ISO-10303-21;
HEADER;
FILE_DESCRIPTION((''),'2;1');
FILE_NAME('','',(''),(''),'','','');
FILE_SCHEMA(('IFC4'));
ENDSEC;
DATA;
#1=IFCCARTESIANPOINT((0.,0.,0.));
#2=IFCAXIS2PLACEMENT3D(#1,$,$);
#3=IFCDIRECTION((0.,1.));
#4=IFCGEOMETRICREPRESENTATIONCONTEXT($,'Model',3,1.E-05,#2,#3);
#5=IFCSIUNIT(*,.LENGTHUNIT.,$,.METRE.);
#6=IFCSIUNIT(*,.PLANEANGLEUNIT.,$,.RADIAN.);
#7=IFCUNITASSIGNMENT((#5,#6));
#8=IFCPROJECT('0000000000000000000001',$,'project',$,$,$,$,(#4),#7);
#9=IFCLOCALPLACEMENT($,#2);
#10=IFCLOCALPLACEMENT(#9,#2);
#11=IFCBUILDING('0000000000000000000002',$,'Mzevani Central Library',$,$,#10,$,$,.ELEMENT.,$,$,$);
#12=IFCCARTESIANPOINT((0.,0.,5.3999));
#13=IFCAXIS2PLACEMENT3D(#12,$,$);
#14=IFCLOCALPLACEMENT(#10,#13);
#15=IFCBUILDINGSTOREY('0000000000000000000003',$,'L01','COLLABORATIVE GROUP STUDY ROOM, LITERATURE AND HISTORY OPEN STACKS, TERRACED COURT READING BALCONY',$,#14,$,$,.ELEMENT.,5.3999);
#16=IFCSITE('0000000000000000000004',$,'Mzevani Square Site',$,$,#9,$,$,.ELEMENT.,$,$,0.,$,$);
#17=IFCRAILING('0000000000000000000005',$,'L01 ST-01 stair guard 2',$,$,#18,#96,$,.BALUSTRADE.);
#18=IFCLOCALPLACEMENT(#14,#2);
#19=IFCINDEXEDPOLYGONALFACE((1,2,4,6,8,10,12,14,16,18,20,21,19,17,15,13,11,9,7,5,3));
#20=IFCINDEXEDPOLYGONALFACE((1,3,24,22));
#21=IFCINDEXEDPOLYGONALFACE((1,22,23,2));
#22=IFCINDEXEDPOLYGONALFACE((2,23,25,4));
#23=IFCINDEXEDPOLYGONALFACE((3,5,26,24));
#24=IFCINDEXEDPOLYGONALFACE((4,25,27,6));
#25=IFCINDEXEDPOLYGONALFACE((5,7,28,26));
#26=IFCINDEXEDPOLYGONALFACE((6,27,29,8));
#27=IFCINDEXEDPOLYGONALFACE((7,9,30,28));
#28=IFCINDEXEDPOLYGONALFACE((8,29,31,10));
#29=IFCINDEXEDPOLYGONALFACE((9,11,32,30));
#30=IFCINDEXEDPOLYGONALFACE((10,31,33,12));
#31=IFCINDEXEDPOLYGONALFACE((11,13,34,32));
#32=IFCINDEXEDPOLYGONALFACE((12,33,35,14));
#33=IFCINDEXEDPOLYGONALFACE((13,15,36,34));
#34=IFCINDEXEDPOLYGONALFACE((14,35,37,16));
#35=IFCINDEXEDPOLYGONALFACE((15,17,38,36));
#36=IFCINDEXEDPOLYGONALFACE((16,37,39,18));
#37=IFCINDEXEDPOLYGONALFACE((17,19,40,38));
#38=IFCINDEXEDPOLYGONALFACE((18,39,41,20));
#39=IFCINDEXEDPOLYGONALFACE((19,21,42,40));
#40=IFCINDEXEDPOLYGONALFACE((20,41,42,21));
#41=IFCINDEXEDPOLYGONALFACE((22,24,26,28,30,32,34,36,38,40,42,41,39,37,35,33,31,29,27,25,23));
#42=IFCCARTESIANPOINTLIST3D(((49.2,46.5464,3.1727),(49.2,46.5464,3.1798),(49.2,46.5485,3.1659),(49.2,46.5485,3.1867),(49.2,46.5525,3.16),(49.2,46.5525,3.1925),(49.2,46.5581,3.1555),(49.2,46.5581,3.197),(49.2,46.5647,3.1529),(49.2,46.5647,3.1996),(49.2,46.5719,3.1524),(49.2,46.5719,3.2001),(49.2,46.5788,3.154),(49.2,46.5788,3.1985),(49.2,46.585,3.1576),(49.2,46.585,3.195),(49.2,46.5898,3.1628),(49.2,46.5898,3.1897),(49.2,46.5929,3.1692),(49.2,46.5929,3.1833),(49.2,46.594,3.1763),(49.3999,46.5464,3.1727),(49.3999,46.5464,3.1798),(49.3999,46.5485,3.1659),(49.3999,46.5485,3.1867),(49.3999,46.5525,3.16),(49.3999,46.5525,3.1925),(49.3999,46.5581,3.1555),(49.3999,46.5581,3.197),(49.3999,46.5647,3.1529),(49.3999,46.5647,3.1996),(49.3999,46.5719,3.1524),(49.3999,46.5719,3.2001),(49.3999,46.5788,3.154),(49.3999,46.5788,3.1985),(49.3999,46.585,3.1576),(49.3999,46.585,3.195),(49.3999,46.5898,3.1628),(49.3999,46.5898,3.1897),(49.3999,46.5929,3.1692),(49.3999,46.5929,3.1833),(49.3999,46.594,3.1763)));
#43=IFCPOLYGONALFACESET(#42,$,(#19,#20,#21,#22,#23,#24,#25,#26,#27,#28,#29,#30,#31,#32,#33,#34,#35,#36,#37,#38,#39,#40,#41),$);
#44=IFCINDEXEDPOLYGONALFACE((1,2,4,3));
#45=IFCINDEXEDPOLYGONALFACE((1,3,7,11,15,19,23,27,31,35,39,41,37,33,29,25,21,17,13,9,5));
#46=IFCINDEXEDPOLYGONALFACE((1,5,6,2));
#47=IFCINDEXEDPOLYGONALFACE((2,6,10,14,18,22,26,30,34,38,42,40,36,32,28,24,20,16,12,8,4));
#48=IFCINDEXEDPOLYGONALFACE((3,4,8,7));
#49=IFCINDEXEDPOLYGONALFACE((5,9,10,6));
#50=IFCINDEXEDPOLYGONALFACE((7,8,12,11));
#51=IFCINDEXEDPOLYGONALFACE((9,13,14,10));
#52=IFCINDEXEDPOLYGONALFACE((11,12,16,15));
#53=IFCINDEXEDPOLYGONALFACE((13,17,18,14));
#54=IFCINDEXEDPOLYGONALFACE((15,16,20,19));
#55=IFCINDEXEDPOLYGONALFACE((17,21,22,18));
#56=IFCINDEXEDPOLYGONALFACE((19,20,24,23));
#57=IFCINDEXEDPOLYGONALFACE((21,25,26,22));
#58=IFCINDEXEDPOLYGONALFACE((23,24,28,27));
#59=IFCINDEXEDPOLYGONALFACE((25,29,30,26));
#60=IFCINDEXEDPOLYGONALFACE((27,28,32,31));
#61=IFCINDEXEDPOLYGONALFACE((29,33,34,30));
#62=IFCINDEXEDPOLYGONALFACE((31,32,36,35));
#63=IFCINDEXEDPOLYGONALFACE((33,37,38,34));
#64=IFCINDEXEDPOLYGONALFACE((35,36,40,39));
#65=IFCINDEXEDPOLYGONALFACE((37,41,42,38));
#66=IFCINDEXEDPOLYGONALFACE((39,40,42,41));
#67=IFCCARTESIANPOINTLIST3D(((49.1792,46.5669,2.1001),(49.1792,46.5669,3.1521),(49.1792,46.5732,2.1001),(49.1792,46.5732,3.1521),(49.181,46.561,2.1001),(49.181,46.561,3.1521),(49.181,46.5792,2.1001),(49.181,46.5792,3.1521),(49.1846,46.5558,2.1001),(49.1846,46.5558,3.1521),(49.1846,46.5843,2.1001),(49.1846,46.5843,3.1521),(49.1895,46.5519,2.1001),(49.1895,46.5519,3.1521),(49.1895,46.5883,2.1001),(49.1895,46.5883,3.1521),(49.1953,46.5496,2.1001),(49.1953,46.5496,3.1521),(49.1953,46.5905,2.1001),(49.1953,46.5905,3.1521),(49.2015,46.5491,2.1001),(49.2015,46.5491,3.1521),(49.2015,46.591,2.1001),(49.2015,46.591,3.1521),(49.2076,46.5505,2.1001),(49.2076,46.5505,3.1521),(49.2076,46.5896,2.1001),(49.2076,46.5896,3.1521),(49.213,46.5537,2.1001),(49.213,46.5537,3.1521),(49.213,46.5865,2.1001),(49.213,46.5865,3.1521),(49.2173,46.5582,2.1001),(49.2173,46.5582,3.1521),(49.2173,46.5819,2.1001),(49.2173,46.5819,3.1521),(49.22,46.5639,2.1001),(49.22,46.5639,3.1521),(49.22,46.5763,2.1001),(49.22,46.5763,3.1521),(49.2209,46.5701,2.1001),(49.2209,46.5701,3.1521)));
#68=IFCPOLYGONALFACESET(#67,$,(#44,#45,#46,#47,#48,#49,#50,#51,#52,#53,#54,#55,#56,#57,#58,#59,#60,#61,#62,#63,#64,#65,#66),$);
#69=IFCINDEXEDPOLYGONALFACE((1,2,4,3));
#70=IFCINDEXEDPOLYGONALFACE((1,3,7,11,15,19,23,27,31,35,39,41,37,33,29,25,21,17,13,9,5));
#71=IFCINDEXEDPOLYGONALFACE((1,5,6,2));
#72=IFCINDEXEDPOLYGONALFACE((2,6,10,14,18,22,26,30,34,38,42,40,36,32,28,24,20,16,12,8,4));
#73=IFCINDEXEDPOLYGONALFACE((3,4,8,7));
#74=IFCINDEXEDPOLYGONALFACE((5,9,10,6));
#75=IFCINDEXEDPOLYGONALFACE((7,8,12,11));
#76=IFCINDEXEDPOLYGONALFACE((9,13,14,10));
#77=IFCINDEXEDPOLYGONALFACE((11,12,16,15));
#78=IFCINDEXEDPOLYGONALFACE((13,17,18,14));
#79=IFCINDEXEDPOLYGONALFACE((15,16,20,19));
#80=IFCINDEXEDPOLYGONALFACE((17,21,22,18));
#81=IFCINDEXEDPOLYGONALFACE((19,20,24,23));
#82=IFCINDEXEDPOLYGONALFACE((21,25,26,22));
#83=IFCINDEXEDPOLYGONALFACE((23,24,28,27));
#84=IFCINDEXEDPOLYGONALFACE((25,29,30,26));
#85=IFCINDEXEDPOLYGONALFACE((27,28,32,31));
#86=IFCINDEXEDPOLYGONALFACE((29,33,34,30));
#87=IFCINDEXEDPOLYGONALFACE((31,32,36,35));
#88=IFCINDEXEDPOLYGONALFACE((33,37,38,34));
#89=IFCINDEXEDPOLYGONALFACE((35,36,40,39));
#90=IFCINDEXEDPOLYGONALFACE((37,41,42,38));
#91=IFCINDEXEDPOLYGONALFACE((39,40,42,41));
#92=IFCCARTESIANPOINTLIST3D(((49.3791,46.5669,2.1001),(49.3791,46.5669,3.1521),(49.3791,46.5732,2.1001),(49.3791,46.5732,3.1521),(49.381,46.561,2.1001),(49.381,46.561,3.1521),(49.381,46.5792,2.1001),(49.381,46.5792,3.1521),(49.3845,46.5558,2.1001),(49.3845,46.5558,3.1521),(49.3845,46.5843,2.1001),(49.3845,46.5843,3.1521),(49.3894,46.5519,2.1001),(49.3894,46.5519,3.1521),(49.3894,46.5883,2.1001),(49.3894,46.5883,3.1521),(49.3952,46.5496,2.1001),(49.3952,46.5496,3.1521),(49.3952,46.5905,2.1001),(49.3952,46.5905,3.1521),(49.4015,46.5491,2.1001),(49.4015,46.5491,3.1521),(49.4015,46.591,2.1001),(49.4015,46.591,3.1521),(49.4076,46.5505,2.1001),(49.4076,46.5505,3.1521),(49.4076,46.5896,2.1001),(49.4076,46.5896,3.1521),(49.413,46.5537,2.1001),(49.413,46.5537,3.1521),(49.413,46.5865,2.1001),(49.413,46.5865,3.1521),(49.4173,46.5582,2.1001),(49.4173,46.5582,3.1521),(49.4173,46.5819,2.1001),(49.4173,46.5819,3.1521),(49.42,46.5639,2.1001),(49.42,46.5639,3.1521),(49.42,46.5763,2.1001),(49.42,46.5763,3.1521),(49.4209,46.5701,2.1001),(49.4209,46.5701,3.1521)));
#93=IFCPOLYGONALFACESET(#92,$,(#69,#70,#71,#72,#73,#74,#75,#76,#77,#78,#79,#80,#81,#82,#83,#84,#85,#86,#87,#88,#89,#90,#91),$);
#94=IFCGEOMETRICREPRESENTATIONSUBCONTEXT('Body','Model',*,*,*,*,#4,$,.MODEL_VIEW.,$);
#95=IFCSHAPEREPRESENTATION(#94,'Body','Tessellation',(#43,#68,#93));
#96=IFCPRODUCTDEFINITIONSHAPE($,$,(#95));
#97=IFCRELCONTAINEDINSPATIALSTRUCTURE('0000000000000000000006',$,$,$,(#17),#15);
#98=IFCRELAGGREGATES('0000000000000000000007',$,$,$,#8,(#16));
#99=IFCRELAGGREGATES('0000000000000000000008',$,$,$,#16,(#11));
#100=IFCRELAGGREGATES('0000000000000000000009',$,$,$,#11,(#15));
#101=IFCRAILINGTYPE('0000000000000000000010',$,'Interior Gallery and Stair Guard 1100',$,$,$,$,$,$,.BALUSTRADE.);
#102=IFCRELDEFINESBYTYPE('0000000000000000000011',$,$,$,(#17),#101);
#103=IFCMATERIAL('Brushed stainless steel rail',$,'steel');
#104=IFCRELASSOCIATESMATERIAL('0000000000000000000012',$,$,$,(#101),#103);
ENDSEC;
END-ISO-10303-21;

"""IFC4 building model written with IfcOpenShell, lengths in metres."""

from ifc_helpers import new_model, si_unit, direction, frame, origin, origin_2d, place, context, subcontext, project, spatial, circle, extrude, material, type_object, element, save


model = new_model("IFC4")

# Units and contexts
model_context = context("Model", 3, precision=1e-05, world=origin(), true_north=direction((0.0, 1.0)))
body_context = subcontext(model_context, "Body", "Model", "MODEL_VIEW")
ifc_project = project(units=[si_unit("LENGTHUNIT", "METRE"), si_unit("PLANEANGLEUNIT", "RADIAN")], contexts=[model_context])

# Site, building, storey
site_placement = place(None, origin())
site = spatial("IfcSite", under=ifc_project, at=site_placement, Name="Mzevani Square Site", CompositionType="ELEMENT", RefElevation=0.0)
building_placement = place(site_placement, origin())
building = spatial("IfcBuilding", under=site, at=building_placement, Name="Mzevani Central Library", CompositionType="ELEMENT")
storey_placement = place(building_placement, frame((0.0, 0.0, 5.3999)))
storey = spatial("IfcBuildingStorey", under=building, at=storey_placement, Name="L01", Description="COLLABORATIVE GROUP STUDY ROOM, LITERATURE AND HISTORY OPEN STACKS, TERRACED COURT READING BALCONY", CompositionType="ELEMENT", Elevation=5.3999)

# Railing
ifc_material_1 = material(Name="Brushed stainless steel rail", Category="steel")
railing_type_1 = type_object("IfcRailingType", Name="Interior Gallery and Stair Guard 1100", PredefinedType="BALUSTRADE", material=ifc_material_1)
railing_1_placement = place(storey_placement, frame((49.2, 46.5701, 2.1001)))
element("IfcRailing", 1, at=railing_1_placement, inside=storey, type_object=railing_type_1, Name="L01 ST-01 stair guard 2", PredefinedType="BALUSTRADE", context=body_context, shape_type="SweptSolid", body=[
    extrude(circle(Radius=0.0239, at=origin_2d()), frame((0.0, 0.0, 1.0762), z_axis=(1.0, 0.0, 0.0), x_axis=(0.0, 1.0, 0.0)), (0.0, 0.0, 1.0), 0.2),
    extrude(circle(Radius=0.021, at=origin_2d()), origin(), (0.0, 0.0, 1.0), 1.052),
    extrude(circle(Radius=0.021, at=origin_2d()), frame((0.2, 0.0, 0.0)), (0.0, 0.0, 1.0), 1.052),
])

save(model, "model.ifc")
